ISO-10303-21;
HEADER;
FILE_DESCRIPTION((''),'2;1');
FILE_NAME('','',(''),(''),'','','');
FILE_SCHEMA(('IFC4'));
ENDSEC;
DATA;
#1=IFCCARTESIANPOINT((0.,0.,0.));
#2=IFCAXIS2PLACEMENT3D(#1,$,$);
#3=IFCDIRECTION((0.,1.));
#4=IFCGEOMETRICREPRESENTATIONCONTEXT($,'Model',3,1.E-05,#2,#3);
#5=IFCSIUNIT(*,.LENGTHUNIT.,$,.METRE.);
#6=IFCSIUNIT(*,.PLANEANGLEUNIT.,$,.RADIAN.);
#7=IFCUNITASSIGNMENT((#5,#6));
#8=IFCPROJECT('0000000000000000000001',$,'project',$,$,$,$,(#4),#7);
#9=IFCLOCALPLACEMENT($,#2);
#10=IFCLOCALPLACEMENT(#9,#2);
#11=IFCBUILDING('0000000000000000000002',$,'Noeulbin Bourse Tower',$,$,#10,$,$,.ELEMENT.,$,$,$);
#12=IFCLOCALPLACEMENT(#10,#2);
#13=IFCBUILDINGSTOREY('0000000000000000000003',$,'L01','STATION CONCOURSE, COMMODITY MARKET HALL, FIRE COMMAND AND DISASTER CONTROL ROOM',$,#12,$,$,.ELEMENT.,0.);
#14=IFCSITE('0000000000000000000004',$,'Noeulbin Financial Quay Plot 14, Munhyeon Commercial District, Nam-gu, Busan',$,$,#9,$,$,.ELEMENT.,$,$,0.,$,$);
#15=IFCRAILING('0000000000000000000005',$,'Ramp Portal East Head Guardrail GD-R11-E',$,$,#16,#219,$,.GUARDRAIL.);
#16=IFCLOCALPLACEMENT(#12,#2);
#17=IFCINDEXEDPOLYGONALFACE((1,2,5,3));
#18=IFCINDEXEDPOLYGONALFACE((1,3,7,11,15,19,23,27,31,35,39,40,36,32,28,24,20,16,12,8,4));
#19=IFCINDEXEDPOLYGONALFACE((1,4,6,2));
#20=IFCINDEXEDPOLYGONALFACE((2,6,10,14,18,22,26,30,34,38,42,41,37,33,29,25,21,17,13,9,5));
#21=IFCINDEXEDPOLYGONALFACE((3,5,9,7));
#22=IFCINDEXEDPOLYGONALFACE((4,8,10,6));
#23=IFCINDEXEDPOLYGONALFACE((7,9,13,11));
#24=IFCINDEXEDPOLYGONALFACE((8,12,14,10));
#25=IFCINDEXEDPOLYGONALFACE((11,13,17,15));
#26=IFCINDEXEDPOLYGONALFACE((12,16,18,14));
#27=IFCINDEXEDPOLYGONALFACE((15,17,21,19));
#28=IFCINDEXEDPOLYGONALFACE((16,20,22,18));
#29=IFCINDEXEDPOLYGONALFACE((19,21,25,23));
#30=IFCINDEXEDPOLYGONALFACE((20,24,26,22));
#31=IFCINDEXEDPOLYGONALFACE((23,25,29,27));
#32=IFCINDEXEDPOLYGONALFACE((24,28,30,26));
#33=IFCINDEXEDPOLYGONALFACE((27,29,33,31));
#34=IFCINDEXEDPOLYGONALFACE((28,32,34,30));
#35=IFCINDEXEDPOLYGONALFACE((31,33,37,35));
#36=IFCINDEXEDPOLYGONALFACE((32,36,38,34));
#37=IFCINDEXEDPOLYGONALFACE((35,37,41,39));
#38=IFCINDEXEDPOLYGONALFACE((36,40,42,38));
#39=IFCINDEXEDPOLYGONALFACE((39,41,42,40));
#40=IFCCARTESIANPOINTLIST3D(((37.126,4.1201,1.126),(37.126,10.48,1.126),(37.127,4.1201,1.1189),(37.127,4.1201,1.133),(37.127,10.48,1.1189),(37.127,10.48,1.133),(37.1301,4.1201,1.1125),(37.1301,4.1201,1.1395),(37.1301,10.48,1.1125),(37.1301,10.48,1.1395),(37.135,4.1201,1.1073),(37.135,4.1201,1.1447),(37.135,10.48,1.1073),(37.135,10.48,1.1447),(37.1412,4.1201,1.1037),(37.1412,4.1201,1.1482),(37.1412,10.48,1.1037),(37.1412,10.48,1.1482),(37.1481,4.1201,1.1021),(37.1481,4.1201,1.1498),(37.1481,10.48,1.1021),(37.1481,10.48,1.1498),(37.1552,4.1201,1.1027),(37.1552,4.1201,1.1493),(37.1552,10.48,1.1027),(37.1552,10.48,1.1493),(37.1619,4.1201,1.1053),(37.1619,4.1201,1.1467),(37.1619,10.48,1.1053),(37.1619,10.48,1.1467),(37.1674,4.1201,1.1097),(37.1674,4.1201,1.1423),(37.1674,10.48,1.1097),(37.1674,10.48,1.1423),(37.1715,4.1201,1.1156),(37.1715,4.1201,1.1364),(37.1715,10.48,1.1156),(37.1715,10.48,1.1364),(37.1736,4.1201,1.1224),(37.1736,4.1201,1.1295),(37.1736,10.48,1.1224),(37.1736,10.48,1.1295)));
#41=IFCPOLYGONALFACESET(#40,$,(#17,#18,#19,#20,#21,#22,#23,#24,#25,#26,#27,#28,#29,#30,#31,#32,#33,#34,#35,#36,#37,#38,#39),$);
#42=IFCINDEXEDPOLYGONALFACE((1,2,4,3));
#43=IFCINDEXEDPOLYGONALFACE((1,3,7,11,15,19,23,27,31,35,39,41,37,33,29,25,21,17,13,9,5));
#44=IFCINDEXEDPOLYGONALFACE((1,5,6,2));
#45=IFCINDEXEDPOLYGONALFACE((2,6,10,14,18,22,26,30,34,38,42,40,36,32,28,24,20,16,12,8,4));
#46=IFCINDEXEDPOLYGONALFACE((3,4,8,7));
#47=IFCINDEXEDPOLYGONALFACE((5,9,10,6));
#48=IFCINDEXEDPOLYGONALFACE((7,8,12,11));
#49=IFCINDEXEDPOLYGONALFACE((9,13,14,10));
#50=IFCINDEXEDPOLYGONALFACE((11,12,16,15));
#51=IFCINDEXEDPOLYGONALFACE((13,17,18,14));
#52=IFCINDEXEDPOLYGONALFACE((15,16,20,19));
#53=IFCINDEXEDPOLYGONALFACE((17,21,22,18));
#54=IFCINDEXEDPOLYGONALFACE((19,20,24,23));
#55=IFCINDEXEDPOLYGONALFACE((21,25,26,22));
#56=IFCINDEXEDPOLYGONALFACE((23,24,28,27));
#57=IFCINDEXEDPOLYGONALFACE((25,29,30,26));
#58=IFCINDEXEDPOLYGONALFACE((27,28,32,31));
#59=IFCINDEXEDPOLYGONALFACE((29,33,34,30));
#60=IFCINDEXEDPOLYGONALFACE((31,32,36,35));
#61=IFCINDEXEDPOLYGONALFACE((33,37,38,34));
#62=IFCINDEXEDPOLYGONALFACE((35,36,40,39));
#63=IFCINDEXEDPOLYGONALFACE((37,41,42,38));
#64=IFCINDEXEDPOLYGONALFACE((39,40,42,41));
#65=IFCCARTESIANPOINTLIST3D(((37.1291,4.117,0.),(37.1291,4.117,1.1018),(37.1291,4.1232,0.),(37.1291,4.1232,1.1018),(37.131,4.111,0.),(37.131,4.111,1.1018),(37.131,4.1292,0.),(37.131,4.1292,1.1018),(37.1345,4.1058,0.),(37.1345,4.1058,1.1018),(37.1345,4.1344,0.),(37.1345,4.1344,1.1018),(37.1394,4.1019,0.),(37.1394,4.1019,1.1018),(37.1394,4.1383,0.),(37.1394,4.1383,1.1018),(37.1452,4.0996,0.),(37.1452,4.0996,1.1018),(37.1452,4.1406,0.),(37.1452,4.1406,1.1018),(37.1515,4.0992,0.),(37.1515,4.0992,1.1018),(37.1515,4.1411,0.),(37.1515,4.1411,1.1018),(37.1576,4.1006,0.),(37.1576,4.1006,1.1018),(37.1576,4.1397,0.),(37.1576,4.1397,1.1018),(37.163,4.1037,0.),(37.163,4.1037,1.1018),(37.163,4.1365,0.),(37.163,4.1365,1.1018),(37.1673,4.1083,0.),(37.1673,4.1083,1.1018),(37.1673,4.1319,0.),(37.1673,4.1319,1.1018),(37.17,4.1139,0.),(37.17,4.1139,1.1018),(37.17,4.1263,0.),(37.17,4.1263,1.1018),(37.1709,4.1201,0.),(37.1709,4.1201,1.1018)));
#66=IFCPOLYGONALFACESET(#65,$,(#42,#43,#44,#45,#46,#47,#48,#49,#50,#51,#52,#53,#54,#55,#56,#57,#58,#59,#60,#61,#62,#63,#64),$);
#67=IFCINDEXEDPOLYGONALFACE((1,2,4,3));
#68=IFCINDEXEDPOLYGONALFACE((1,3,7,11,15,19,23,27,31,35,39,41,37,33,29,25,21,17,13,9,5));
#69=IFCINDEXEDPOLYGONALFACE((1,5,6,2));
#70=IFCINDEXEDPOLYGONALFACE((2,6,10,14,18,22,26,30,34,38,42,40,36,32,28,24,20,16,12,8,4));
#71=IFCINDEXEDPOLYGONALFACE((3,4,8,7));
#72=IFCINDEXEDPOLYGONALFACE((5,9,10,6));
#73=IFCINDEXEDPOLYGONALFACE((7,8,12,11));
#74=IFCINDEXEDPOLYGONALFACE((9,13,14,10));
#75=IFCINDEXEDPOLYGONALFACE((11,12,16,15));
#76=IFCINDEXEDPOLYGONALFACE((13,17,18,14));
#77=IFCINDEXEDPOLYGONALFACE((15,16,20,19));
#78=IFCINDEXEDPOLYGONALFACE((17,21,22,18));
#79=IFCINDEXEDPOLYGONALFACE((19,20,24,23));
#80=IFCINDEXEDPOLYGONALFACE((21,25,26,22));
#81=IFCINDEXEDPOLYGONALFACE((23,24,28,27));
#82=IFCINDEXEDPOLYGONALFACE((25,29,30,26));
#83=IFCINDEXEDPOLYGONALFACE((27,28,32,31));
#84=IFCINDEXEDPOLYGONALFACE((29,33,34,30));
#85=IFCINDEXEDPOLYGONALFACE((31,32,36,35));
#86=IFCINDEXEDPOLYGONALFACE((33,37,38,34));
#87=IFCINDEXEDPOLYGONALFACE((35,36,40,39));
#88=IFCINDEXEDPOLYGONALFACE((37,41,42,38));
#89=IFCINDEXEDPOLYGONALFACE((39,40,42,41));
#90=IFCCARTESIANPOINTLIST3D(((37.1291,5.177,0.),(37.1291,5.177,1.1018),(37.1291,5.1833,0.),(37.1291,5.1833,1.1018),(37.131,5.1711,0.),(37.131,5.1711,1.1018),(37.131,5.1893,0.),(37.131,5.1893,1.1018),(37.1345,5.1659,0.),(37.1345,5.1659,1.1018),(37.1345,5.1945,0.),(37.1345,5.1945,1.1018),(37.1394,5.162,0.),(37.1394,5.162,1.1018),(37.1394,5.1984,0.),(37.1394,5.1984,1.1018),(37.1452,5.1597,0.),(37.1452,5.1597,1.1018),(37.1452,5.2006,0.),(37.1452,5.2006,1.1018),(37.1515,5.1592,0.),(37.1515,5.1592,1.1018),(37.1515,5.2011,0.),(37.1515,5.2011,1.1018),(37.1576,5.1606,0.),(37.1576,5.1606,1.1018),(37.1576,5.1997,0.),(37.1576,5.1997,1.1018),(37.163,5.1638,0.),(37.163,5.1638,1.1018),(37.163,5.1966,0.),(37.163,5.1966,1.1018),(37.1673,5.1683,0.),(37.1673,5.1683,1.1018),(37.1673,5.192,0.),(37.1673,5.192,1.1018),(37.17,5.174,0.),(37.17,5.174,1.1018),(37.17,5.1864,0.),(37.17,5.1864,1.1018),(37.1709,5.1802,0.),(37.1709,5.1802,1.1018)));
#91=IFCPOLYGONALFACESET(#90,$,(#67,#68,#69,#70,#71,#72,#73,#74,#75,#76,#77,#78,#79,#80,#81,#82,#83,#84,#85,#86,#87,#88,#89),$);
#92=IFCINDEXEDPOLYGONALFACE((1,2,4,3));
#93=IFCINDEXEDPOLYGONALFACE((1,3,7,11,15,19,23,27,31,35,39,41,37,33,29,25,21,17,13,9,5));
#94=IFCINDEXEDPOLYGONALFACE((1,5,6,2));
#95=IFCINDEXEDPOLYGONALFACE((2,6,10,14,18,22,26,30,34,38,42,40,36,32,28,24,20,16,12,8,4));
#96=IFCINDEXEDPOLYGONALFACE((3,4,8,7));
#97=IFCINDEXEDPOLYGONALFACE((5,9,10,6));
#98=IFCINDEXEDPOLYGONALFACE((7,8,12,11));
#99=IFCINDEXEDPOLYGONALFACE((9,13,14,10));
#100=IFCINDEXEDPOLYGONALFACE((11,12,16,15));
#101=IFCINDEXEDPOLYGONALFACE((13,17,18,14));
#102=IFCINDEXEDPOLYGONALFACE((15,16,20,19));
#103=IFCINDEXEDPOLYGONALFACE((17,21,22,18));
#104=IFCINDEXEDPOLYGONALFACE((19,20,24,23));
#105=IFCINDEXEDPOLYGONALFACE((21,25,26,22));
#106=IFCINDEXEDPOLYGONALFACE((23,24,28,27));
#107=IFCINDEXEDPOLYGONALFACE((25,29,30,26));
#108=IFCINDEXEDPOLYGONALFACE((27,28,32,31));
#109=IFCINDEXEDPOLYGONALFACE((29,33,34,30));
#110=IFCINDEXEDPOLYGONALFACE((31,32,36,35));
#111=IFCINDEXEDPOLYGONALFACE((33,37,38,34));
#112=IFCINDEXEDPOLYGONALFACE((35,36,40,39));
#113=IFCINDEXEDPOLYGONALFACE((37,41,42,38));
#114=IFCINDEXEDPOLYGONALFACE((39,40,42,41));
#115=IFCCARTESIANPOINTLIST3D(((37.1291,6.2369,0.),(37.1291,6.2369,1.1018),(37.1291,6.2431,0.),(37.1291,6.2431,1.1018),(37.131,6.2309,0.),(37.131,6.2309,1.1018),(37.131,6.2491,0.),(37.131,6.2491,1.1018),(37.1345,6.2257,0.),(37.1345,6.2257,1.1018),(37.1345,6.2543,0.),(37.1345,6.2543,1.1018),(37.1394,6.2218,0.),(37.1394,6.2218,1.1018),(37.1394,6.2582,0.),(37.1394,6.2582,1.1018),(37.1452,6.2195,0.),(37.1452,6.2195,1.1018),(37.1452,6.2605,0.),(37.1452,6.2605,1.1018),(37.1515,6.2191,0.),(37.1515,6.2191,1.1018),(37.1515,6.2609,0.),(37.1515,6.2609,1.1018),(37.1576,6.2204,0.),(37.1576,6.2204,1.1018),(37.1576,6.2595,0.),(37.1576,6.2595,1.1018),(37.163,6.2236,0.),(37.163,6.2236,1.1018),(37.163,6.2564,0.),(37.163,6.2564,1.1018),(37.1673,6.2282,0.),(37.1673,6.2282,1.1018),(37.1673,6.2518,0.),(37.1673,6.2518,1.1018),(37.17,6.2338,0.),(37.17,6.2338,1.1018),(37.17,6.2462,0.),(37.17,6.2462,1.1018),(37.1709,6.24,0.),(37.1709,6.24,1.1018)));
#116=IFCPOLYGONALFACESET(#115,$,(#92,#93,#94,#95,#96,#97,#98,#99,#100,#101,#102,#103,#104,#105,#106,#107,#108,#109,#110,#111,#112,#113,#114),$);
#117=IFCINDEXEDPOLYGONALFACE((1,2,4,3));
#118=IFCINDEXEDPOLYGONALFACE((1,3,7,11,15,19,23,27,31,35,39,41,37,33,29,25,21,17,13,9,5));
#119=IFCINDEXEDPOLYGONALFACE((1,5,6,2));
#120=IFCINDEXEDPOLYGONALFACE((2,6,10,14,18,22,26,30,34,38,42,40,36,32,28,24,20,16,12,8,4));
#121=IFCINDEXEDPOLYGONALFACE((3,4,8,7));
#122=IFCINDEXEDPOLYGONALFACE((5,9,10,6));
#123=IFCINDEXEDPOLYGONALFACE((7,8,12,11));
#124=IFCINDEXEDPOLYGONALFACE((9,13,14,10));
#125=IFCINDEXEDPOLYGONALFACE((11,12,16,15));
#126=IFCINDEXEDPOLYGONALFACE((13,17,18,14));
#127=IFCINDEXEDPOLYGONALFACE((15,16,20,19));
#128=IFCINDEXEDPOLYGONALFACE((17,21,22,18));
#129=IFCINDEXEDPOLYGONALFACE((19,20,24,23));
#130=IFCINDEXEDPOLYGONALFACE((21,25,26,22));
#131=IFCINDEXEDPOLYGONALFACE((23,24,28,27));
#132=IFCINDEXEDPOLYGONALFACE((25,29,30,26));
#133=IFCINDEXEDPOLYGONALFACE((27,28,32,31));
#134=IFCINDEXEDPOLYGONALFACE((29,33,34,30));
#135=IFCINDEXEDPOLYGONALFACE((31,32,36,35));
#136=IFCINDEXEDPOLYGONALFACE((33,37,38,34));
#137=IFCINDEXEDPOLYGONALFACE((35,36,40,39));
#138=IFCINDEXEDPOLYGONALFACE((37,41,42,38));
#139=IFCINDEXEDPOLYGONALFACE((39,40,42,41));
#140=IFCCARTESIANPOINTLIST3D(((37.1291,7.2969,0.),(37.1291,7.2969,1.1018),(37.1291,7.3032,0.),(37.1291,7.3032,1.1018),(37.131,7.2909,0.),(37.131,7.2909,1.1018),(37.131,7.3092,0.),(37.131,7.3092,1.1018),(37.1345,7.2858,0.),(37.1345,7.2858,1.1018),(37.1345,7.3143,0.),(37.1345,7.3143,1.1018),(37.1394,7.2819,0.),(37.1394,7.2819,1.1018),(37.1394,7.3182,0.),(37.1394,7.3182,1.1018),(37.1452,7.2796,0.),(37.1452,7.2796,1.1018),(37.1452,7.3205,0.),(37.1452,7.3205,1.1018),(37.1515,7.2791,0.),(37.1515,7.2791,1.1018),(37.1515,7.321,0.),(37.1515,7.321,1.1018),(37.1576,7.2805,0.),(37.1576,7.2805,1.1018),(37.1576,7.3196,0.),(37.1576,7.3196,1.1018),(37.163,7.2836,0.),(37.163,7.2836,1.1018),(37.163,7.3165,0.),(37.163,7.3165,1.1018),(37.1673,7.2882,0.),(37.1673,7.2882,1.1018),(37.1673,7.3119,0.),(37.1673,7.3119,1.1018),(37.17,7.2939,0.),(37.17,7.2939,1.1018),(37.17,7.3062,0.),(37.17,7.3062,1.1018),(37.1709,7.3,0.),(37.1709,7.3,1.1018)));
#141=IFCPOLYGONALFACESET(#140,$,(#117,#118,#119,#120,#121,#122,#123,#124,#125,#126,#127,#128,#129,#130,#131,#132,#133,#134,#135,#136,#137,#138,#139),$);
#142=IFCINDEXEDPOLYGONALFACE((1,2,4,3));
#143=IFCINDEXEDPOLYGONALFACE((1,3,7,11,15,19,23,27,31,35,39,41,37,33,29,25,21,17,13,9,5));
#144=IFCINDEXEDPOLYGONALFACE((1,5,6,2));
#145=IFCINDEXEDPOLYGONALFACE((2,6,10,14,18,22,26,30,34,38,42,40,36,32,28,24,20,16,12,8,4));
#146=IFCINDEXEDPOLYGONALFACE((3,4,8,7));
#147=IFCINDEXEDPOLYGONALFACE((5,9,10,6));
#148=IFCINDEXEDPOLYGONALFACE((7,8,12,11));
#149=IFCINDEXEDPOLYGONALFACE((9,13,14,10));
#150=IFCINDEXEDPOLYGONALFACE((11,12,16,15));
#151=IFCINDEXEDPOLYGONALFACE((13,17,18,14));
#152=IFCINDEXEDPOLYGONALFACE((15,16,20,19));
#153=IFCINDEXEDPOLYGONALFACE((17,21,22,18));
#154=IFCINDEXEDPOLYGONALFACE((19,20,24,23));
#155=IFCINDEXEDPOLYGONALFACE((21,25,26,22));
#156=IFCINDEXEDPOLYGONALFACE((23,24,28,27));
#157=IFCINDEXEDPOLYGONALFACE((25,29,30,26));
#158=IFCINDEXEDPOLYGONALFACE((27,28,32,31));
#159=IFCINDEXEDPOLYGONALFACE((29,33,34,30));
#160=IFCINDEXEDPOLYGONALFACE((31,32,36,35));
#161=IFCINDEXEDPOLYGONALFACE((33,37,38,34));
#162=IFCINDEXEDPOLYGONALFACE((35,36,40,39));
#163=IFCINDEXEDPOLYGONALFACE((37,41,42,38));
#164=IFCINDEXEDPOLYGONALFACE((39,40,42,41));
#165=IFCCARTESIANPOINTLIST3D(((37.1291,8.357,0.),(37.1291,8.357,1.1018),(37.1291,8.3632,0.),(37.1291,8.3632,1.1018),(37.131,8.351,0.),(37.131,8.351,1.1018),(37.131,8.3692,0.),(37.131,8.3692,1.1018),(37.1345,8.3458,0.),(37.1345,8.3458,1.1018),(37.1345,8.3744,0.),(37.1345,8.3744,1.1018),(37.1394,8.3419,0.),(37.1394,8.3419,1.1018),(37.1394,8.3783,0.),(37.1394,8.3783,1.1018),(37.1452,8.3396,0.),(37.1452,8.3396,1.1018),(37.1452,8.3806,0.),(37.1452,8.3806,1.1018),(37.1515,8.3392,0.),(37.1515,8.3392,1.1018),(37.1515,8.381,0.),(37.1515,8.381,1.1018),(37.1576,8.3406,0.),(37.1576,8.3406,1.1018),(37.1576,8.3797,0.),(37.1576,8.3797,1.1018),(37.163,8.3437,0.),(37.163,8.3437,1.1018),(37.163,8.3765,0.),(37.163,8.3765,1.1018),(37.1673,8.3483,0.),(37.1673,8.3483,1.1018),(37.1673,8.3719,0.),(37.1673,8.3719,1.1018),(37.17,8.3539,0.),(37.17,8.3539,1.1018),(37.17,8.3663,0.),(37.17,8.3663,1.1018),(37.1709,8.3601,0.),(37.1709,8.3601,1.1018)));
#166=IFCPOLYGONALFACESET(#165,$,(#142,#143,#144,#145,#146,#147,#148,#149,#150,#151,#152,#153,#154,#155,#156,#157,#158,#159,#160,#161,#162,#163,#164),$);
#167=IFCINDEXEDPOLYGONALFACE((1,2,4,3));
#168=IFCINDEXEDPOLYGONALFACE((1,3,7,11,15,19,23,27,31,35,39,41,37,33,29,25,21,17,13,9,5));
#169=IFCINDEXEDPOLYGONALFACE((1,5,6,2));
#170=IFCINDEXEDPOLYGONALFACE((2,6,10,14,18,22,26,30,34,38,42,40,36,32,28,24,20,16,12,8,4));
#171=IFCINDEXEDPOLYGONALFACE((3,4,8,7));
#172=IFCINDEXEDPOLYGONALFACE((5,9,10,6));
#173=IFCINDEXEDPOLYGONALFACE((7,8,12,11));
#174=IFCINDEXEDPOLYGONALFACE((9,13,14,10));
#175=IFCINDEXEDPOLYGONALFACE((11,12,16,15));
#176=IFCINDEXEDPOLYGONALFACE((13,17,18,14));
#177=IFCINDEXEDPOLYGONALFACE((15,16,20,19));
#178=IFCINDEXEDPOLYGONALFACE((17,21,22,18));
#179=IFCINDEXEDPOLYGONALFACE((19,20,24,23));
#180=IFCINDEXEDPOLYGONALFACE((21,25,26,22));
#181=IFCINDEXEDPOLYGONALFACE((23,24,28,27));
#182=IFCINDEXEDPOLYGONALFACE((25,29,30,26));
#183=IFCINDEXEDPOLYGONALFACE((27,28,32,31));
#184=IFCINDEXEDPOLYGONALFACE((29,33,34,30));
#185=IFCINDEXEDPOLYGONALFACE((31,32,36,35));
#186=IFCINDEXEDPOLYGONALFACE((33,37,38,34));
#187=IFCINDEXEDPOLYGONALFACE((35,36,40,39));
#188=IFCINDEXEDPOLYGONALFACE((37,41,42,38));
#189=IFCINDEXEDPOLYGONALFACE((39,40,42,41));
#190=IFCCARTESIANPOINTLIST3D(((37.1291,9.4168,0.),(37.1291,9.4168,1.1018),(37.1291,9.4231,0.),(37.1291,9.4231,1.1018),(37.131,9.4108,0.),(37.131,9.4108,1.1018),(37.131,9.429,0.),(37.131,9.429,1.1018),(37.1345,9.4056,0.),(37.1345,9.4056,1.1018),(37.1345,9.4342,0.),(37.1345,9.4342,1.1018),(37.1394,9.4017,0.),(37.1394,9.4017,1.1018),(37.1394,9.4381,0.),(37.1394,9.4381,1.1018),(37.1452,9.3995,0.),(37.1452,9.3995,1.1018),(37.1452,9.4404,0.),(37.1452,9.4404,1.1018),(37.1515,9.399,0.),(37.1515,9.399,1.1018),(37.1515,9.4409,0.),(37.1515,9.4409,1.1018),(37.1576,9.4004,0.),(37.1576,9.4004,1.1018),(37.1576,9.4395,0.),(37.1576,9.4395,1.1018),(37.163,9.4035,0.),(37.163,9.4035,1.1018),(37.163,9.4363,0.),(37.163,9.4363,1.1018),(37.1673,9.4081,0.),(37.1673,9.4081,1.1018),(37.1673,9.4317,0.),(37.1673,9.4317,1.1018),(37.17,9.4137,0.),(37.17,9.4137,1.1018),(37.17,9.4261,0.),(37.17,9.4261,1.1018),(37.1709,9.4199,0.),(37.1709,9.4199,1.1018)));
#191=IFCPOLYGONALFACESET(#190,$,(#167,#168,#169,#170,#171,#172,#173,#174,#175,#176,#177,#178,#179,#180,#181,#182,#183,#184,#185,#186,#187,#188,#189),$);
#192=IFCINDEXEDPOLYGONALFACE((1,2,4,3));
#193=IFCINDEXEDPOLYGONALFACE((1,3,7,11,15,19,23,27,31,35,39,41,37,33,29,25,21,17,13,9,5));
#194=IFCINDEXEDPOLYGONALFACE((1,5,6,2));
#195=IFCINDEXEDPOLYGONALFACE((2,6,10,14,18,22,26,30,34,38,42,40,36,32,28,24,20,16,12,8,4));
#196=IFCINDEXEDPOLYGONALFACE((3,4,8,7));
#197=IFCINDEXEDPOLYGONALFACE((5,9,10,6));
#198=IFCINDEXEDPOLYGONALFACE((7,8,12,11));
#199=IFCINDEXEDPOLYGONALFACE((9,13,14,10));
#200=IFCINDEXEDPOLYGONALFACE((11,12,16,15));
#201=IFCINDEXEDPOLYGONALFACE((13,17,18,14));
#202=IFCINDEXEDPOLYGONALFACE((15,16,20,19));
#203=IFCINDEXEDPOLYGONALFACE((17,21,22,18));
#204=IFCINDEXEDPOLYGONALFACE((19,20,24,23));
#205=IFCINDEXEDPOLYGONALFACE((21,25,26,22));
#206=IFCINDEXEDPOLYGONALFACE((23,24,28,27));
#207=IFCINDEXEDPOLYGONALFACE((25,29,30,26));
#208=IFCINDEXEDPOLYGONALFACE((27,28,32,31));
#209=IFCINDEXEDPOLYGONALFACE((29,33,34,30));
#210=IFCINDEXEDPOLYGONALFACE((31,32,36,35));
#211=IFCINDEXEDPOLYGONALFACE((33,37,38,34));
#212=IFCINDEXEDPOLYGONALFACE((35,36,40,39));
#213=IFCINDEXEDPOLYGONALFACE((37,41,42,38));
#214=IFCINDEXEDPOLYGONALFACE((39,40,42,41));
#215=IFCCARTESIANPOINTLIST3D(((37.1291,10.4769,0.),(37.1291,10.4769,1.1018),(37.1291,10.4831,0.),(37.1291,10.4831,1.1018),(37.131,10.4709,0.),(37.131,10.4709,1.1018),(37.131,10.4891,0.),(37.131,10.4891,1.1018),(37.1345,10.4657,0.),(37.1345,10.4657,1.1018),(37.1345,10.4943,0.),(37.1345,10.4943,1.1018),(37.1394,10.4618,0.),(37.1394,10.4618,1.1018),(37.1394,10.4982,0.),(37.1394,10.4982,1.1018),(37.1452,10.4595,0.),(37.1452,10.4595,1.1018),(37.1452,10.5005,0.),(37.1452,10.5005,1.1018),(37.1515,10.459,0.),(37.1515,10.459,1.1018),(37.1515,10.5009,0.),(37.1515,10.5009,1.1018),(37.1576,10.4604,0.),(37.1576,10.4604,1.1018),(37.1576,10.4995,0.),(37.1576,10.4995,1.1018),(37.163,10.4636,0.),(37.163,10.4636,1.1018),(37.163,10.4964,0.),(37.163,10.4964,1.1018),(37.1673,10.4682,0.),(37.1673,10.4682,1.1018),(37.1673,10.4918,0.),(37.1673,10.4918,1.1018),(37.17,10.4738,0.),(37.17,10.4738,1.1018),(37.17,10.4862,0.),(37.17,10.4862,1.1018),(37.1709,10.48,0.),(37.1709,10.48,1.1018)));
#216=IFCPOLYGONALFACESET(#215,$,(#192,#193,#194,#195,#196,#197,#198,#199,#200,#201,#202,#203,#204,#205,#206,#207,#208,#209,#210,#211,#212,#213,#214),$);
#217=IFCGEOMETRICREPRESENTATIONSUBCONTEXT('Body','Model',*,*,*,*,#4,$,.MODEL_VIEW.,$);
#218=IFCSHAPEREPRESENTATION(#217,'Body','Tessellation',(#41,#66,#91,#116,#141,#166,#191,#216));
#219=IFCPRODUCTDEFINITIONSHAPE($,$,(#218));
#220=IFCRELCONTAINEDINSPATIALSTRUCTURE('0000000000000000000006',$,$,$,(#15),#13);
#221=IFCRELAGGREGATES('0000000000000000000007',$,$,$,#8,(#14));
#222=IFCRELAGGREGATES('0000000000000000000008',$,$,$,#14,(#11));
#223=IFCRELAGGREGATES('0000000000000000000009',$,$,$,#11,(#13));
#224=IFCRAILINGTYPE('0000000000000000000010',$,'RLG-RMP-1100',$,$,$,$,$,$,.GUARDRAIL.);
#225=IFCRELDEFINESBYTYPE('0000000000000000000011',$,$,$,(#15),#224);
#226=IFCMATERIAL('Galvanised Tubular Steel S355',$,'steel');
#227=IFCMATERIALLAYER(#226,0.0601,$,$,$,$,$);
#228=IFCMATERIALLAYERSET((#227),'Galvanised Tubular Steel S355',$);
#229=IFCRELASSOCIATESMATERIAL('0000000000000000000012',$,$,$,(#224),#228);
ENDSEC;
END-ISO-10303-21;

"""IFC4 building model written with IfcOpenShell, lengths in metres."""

from ifc_helpers import new_model, si_unit, direction, frame, origin, origin_2d, place, context, subcontext, project, spatial, circle, extrude, material, layer, layer_set, type_object, element, save


model = new_model("IFC4")

# Units and contexts
model_context = context("Model", 3, precision=1e-05, world=origin(), true_north=direction((0.0, 1.0)))
body_context = subcontext(model_context, "Body", "Model", "MODEL_VIEW")
ifc_project = project(units=[si_unit("LENGTHUNIT", "METRE"), si_unit("PLANEANGLEUNIT", "RADIAN")], contexts=[model_context])

# Site, building, storey
site_placement = place(None, origin())
site = spatial("IfcSite", under=ifc_project, at=site_placement, Name="Noeulbin Financial Quay Plot 14, Munhyeon Commercial District, Nam-gu, Busan", CompositionType="ELEMENT", RefElevation=0.0)
building_placement = place(site_placement, origin())
building = spatial("IfcBuilding", under=site, at=building_placement, Name="Noeulbin Bourse Tower", CompositionType="ELEMENT")
storey_placement = place(building_placement, origin())
storey = spatial("IfcBuildingStorey", under=building, at=storey_placement, Name="L01", Description="STATION CONCOURSE, COMMODITY MARKET HALL, FIRE COMMAND AND DISASTER CONTROL ROOM", CompositionType="ELEMENT", Elevation=0.0)

# Railing
ifc_material_1 = material(Name="Galvanised Tubular Steel S355", Category="steel")
ifc_layer = layer(ifc_material_1, 0.0601)
ifc_layer_set = layer_set([ifc_layer], Name="Galvanised Tubular Steel S355")
railing_type = type_object("IfcRailingType", Name="RLG-RMP-1100", PredefinedType="GUARDRAIL", material=ifc_layer_set)
railing_placement = place(storey_placement, frame((37.1499, 4.1201, 0.0)))
element("IfcRailing", 1, at=railing_placement, inside=storey, type_object=railing_type, Name="Ramp Portal East Head Guardrail GD-R11-E", PredefinedType="GUARDRAIL", context=body_context, shape_type="SweptSolid", body=[
    extrude(circle(Radius=0.0239, at=origin_2d()), frame((0.0, 0.0, 1.126), z_axis=(0.0, 1.0, 0.0), x_axis=(-1.0, 0.0, 0.0)), (0.0, 0.0, 1.0), 6.3599),
    extrude(circle(Radius=0.021, at=origin_2d()), origin(), (0.0, 0.0, 1.0), 1.1018),
    extrude(circle(Radius=0.021, at=origin_2d()), frame((0.0, 1.0601, 0.0)), (0.0, 0.0, 1.0), 1.1018),
    extrude(circle(Radius=0.021, at=origin_2d()), frame((0.0, 2.1199, 0.0)), (0.0, 0.0, 1.0), 1.1018),
    extrude(circle(Radius=0.021, at=origin_2d()), frame((0.0, 3.1799, 0.0)), (0.0, 0.0, 1.0), 1.1018),
    extrude(circle(Radius=0.021, at=origin_2d()), frame((0.0, 4.24, 0.0)), (0.0, 0.0, 1.0), 1.1018),
    extrude(circle(Radius=0.021, at=origin_2d()), frame((0.0, 5.2998, 0.0)), (0.0, 0.0, 1.0), 1.1018),
    extrude(circle(Radius=0.021, at=origin_2d()), frame((0.0, 6.3599, 0.0)), (0.0, 0.0, 1.0), 1.1018),
])

save(model, "model.ifc")
